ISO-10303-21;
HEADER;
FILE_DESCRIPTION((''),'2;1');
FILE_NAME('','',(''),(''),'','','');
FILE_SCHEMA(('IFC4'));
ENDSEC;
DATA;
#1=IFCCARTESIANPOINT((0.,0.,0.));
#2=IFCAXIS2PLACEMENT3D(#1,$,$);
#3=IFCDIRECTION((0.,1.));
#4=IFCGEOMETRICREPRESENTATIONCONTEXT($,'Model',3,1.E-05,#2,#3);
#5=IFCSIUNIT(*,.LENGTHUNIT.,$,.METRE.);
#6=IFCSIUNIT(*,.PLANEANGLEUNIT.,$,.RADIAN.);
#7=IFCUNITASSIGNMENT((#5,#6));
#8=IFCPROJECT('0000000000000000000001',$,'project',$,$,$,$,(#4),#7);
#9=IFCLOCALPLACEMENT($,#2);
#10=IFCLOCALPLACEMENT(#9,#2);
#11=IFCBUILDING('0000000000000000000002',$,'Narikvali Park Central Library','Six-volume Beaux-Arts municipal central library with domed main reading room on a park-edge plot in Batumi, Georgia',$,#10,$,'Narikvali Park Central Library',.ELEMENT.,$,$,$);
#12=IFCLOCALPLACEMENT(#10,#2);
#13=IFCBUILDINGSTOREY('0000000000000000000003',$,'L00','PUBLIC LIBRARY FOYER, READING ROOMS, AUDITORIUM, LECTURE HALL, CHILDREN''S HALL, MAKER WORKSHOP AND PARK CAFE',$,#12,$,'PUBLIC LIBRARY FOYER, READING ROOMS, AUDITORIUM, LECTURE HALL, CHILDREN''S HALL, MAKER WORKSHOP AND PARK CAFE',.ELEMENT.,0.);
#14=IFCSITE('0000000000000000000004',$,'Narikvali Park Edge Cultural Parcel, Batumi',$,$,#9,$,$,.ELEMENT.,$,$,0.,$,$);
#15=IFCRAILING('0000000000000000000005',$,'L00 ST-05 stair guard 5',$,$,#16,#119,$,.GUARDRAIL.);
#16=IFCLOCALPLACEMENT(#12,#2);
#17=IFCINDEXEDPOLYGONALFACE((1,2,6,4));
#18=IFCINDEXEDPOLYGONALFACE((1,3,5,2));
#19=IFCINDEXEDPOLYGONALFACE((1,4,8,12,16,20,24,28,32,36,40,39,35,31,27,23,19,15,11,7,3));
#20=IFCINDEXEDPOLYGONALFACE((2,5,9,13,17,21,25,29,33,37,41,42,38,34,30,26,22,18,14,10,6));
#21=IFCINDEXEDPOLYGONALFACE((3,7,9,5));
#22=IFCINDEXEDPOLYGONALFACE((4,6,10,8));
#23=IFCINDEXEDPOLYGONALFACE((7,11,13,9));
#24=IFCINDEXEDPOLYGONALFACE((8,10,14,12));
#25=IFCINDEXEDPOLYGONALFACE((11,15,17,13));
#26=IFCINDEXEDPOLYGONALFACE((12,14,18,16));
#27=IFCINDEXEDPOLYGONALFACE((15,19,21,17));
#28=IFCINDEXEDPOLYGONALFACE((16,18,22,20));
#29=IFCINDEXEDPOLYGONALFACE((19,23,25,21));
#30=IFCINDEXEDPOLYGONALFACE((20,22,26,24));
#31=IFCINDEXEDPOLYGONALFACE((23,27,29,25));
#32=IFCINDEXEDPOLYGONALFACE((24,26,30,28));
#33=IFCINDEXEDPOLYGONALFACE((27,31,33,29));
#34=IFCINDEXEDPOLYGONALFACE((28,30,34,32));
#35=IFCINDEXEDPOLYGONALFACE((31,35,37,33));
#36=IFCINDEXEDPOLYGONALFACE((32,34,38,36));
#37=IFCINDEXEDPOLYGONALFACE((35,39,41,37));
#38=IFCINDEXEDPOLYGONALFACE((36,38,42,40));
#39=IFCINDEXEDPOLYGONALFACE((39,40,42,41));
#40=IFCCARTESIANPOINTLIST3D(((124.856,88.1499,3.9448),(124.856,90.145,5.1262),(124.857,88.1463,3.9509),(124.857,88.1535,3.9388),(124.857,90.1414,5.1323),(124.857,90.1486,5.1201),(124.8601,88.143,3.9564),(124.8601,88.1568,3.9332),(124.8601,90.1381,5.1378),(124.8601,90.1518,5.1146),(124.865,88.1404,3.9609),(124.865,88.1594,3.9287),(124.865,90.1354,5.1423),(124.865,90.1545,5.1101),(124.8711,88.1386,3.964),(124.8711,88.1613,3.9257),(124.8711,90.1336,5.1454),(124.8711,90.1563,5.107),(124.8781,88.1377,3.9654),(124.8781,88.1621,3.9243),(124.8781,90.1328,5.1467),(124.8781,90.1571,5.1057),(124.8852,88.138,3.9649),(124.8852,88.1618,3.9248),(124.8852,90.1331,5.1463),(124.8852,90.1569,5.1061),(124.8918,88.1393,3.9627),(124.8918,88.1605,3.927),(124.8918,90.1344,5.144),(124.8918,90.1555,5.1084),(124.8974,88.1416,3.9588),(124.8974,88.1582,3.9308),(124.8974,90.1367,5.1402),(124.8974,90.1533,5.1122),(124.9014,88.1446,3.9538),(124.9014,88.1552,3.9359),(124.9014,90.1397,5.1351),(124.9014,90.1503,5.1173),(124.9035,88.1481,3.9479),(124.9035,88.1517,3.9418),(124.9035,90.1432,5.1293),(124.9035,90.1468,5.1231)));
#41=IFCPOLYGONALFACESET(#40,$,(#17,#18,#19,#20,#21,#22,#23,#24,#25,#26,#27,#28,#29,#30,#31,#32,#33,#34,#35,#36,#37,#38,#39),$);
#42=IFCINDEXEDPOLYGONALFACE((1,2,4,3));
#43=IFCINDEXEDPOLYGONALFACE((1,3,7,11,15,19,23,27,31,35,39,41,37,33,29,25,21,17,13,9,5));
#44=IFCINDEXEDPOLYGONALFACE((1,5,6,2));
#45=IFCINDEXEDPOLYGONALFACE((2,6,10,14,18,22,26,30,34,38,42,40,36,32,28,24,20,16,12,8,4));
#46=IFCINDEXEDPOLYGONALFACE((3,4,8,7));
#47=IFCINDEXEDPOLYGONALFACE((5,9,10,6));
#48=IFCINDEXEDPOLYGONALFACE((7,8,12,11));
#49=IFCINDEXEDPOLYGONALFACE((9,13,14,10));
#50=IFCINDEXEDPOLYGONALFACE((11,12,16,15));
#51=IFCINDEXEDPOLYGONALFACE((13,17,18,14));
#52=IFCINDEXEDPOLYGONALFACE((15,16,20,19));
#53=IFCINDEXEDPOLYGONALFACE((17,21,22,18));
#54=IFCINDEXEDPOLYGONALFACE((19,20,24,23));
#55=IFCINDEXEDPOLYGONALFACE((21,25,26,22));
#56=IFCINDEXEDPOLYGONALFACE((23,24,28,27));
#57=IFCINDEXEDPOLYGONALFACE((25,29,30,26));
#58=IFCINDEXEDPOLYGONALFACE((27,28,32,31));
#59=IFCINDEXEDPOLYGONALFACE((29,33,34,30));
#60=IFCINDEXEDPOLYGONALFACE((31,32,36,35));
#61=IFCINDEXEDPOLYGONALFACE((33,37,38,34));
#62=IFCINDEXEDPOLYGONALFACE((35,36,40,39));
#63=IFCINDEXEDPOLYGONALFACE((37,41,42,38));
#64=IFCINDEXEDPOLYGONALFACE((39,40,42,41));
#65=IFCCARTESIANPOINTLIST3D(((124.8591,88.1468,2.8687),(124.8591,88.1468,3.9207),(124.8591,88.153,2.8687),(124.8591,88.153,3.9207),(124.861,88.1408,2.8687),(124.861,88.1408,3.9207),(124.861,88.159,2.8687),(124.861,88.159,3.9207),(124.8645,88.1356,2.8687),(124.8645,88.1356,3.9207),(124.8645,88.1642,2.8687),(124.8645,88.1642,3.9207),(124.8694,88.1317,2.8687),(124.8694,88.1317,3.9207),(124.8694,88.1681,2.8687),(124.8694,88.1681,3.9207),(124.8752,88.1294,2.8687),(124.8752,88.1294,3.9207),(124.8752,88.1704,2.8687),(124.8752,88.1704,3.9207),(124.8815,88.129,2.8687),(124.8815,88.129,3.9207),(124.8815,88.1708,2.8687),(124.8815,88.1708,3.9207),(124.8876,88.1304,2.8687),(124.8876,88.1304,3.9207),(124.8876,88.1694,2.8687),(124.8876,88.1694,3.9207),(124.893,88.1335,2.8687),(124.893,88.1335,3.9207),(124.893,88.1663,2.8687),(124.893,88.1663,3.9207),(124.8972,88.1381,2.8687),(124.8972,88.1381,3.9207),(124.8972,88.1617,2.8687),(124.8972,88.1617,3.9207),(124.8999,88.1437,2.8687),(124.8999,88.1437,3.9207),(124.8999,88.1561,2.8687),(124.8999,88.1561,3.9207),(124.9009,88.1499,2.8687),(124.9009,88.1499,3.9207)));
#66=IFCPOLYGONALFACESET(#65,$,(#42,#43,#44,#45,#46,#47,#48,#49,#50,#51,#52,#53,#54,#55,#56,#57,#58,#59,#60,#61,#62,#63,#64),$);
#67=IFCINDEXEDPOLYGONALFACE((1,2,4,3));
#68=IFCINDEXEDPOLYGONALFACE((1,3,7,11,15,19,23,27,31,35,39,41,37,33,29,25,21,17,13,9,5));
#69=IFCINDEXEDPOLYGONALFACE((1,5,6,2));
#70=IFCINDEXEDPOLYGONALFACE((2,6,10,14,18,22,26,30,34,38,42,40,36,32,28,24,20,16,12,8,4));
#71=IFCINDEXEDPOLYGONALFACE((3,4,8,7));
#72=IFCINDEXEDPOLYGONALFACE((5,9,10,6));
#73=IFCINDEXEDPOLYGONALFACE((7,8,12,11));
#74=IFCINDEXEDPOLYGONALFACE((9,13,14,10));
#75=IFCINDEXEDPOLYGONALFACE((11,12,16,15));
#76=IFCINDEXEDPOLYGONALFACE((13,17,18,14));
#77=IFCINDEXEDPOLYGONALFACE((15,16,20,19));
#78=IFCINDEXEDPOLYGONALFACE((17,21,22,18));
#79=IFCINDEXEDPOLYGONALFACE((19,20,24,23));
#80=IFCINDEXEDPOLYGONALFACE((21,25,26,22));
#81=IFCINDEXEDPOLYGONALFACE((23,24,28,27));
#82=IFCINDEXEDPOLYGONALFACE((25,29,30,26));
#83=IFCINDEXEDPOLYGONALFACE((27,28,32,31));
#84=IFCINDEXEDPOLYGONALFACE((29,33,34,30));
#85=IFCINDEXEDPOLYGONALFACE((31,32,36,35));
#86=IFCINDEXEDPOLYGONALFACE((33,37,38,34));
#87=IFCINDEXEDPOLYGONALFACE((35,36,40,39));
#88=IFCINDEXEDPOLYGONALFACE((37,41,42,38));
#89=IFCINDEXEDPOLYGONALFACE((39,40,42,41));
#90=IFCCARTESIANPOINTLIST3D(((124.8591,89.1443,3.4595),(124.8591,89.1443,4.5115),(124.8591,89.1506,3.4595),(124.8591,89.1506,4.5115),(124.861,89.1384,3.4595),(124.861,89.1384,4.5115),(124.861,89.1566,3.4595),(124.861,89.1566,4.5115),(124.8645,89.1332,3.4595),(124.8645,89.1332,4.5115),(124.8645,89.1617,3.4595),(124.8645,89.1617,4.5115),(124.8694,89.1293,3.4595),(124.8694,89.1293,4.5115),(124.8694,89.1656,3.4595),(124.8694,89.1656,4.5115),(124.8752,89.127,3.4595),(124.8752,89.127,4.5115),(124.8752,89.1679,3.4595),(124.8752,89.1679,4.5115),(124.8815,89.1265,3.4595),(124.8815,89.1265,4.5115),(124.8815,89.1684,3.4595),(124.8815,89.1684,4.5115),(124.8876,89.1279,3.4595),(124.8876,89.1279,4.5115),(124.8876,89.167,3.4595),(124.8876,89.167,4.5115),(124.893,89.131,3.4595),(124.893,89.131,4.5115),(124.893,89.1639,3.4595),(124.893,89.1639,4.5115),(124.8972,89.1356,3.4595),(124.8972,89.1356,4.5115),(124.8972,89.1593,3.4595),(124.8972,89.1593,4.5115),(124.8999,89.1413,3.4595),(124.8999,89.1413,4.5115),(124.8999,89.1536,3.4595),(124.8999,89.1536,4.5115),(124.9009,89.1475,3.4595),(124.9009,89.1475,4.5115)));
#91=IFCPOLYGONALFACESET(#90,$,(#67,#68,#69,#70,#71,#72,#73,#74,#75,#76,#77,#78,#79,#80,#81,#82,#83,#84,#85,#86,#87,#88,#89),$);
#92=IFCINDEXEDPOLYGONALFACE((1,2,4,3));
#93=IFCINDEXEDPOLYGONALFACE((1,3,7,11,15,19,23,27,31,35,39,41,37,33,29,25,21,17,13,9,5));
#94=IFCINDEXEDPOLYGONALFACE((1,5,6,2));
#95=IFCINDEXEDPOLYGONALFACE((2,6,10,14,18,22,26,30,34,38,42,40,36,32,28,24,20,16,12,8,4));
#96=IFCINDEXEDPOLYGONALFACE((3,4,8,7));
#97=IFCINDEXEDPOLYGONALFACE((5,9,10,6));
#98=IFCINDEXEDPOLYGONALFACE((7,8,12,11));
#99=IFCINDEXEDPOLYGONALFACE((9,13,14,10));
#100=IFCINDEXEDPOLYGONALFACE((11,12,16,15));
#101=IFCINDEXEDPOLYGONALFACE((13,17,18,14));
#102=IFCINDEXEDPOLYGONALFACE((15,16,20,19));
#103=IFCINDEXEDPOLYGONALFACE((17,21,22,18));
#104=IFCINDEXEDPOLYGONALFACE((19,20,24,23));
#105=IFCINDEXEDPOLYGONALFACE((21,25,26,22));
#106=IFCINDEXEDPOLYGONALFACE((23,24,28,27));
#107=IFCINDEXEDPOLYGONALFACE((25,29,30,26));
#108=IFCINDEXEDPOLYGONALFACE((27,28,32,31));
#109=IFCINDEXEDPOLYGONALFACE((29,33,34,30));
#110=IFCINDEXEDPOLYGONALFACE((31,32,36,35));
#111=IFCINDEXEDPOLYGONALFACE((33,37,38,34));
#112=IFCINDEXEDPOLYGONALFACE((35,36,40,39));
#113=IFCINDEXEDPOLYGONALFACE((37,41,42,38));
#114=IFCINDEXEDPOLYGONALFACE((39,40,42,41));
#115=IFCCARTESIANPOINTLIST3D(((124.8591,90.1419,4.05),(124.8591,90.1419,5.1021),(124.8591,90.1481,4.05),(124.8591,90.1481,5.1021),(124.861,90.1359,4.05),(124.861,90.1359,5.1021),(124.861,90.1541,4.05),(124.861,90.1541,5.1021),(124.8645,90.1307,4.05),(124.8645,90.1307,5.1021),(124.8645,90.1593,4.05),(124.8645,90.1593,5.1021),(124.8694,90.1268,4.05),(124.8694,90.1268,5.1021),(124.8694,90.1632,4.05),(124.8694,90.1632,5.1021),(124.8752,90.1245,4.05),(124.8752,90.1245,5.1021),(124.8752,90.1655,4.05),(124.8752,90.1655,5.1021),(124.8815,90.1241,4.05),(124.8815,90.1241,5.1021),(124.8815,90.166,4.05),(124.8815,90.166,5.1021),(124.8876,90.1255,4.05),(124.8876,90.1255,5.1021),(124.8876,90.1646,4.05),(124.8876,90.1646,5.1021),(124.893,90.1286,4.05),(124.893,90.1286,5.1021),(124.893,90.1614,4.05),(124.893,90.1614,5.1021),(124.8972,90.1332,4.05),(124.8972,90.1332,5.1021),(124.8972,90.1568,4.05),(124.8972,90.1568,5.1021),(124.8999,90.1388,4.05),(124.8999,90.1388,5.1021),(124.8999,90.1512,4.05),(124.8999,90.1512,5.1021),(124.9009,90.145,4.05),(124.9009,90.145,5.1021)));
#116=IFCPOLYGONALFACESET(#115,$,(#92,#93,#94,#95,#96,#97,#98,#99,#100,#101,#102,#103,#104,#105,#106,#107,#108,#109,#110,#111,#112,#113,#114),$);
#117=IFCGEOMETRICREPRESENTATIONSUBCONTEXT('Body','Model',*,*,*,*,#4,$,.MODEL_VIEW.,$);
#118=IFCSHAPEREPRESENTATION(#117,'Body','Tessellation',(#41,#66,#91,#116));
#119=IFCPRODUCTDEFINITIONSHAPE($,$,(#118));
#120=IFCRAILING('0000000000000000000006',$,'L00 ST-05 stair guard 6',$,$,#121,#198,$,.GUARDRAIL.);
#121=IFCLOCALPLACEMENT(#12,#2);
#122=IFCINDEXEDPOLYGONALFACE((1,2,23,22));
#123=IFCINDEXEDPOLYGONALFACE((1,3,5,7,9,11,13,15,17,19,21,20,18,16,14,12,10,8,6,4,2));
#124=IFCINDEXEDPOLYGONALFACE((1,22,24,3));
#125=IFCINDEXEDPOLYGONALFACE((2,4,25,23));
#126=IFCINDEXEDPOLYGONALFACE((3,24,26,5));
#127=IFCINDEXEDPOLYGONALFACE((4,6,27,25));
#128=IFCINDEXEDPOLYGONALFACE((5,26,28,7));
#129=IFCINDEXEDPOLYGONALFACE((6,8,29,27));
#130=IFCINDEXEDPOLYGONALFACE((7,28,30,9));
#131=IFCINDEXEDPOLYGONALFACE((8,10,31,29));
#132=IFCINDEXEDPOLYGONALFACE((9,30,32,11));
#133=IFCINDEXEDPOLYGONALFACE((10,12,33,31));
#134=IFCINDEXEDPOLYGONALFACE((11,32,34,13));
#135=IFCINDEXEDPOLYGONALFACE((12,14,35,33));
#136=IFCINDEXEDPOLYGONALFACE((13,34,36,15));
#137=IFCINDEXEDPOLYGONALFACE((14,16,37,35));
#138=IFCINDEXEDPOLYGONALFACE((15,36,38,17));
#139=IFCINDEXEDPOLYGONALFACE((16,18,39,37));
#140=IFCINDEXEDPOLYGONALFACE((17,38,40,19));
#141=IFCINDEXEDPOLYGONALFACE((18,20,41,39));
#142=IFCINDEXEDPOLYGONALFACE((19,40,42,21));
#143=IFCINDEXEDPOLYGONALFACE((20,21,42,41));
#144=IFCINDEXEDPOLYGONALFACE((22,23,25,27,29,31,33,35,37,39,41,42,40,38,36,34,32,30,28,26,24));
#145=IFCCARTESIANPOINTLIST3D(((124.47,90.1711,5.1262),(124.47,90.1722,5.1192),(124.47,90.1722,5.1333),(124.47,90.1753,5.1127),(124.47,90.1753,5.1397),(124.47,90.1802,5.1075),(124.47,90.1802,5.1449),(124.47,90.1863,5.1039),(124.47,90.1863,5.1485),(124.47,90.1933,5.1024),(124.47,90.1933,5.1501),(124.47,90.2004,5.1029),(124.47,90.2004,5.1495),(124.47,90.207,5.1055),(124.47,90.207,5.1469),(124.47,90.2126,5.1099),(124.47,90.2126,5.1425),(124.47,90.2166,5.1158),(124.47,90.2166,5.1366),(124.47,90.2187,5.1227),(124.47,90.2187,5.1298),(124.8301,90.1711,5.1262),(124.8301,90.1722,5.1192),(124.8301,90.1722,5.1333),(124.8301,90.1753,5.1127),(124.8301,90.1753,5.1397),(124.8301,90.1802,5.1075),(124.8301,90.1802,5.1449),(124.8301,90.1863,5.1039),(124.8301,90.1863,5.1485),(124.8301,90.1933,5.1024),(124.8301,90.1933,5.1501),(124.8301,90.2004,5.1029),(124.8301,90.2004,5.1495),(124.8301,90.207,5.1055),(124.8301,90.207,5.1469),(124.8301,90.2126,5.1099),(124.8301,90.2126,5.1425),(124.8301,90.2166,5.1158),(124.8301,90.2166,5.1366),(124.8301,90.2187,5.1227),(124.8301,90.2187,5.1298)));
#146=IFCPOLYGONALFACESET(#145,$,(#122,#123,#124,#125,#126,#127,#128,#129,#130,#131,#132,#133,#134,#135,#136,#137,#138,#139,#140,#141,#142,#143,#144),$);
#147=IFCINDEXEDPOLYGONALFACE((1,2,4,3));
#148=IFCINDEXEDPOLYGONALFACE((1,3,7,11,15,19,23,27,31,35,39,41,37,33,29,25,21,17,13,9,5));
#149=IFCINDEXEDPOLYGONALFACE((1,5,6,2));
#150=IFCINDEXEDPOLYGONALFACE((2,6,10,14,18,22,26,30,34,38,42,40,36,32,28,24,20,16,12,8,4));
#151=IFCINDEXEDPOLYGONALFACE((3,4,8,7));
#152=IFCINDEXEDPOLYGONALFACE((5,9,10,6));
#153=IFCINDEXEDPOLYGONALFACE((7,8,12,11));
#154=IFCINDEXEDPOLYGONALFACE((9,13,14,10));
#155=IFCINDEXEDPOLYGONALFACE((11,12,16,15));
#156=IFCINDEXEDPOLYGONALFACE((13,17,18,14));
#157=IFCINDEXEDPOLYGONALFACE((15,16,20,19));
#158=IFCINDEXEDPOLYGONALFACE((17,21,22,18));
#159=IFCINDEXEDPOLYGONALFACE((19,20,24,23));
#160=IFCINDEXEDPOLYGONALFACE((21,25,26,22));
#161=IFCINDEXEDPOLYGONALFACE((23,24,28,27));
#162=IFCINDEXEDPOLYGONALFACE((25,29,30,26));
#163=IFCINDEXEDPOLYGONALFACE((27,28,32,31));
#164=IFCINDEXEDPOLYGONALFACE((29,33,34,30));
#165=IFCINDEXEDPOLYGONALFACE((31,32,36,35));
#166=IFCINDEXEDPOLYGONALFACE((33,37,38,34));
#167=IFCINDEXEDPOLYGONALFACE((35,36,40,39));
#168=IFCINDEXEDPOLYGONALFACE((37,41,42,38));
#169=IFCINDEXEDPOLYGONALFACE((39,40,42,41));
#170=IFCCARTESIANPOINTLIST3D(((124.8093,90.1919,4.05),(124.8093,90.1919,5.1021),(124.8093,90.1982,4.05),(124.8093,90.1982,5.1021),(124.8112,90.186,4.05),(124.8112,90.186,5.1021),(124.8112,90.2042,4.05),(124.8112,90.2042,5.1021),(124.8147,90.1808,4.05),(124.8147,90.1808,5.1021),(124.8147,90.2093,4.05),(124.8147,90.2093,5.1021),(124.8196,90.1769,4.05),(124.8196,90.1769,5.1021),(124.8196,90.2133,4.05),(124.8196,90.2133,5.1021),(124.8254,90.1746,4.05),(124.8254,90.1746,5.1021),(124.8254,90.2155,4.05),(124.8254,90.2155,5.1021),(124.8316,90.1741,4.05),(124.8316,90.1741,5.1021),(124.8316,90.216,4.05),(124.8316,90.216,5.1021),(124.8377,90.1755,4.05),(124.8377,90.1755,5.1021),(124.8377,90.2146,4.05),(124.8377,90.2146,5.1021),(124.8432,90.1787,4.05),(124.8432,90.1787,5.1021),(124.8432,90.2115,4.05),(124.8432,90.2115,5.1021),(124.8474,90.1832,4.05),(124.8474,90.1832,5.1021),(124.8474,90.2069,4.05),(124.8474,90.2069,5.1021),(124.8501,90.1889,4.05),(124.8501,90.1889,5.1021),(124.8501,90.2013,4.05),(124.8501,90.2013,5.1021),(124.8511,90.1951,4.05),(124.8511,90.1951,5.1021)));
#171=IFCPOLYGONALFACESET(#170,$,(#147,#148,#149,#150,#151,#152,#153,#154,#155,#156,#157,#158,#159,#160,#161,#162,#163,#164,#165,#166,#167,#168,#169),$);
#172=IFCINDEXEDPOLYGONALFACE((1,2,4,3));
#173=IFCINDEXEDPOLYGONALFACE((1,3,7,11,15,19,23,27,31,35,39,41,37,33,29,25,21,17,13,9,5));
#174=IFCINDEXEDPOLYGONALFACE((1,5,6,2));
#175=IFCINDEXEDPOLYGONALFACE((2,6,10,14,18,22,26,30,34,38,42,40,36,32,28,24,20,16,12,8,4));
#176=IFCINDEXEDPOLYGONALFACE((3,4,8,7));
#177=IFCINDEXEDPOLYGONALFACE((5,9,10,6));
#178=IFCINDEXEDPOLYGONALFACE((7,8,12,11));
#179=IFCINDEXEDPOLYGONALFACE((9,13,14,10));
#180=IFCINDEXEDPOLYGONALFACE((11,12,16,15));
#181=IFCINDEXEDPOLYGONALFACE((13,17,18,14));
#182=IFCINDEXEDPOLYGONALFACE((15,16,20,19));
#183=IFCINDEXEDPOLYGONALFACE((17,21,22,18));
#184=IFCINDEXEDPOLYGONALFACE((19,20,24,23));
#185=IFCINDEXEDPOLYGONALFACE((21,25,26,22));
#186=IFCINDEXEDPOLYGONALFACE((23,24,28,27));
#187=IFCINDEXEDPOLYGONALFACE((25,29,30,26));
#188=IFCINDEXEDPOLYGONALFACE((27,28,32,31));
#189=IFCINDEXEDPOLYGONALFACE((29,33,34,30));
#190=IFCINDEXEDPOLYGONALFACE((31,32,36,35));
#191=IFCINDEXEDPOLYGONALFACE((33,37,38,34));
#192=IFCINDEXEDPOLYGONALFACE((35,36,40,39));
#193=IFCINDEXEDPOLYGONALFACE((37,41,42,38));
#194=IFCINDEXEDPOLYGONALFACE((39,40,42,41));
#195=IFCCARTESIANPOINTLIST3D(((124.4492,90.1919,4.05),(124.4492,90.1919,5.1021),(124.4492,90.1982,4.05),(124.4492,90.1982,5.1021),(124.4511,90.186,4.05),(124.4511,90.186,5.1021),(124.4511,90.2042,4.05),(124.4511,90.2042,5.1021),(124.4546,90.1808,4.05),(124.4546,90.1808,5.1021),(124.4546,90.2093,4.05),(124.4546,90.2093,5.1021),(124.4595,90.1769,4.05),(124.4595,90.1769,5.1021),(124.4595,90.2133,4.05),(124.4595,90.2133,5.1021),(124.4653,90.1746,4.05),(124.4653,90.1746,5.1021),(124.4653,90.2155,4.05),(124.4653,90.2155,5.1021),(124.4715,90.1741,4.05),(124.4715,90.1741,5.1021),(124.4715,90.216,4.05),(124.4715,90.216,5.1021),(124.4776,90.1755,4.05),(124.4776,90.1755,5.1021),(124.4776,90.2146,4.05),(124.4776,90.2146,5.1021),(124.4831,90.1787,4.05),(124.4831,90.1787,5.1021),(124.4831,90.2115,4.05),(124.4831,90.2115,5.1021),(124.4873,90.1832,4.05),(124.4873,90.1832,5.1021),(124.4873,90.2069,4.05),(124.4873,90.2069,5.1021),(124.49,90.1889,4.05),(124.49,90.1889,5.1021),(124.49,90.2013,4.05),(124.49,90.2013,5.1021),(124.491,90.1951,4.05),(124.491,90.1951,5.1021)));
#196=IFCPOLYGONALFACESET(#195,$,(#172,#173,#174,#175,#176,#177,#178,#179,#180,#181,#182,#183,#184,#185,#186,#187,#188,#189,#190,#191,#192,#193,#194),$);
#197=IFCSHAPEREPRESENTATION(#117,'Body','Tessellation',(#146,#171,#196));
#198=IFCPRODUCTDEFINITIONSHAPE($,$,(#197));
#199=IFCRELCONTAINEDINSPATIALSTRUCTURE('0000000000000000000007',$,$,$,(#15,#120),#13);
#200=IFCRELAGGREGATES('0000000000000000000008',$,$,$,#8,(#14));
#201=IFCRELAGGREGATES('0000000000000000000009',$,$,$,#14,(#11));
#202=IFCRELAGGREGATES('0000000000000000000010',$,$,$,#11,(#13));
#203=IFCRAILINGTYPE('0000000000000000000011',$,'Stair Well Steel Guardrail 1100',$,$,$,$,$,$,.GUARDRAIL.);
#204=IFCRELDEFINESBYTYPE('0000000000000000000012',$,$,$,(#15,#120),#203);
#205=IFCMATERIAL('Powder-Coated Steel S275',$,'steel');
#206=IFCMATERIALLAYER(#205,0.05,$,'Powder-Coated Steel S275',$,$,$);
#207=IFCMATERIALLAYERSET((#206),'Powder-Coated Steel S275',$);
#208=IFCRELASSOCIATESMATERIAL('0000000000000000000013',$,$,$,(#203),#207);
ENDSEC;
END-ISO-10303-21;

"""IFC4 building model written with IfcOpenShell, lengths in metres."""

from ifc_helpers import new_model, si_unit, direction, frame, origin, origin_2d, place, context, subcontext, project, spatial, circle, extrude, material, layer, layer_set, type_object, element, save


model = new_model("IFC4")

# Units and contexts
model_context = context("Model", 3, precision=1e-05, world=origin(), true_north=direction((0.0, 1.0)))
body_context = subcontext(model_context, "Body", "Model", "MODEL_VIEW")
ifc_project = project(units=[si_unit("LENGTHUNIT", "METRE"), si_unit("PLANEANGLEUNIT", "RADIAN")], contexts=[model_context])

# Site, building, storey
site_placement = place(None, origin())
site = spatial("IfcSite", under=ifc_project, at=site_placement, Name="Narikvali Park Edge Cultural Parcel, Batumi", CompositionType="ELEMENT", RefElevation=0.0)
building_placement = place(site_placement, origin())
building = spatial("IfcBuilding", under=site, at=building_placement, Name="Narikvali Park Central Library", Description="Six-volume Beaux-Arts municipal central library with domed main reading room on a park-edge plot in Batumi, Georgia", LongName="Narikvali Park Central Library", CompositionType="ELEMENT")
storey_placement = place(building_placement, origin())
storey = spatial("IfcBuildingStorey", under=building, at=storey_placement, Name="L00", Description="PUBLIC LIBRARY FOYER, READING ROOMS, AUDITORIUM, LECTURE HALL, CHILDREN'S HALL, MAKER WORKSHOP AND PARK CAFE", LongName="PUBLIC LIBRARY FOYER, READING ROOMS, AUDITORIUM, LECTURE HALL, CHILDREN'S HALL, MAKER WORKSHOP AND PARK CAFE", CompositionType="ELEMENT", Elevation=0.0)

# Railings
ifc_material_1 = material(Name="Powder-Coated Steel S275", Category="steel")
ifc_layer_1 = layer(ifc_material_1, 0.05, Name="Powder-Coated Steel S275")
ifc_layer_set_1 = layer_set([ifc_layer_1], Name="Powder-Coated Steel S275")
railing_type_1 = type_object("IfcRailingType", Name="Stair Well Steel Guardrail 1100", PredefinedType="GUARDRAIL", material=ifc_layer_set_1)
railing_1_placement = place(storey_placement, frame((124.8799, 88.1499, 2.8687)))
element("IfcRailing", 1, at=railing_1_placement, inside=storey, type_object=railing_type_1, Name="L00 ST-05 stair guard 5", PredefinedType="GUARDRAIL", context=body_context, shape_type="SweptSolid", body=[
    extrude(circle(Radius=0.0239, at=origin_2d()), frame((0.0, 0.0, 1.0762), z_axis=(0.0, 0.860461, 0.509517), x_axis=(-1.0, 0.0, 0.0)), (0.0, 0.0, 1.0), 2.3186),
    extrude(circle(Radius=0.021, at=origin_2d()), origin(), (0.0, 0.0, 1.0), 1.052),
    extrude(circle(Radius=0.021, at=origin_2d()), frame((0.0, 0.9976, 0.5908)), (0.0, 0.0, 1.0), 1.052),
    extrude(circle(Radius=0.021, at=origin_2d()), frame((0.0, 1.9951, 1.1814)), (0.0, 0.0, 1.0), 1.052),
])
railing_2_placement = place(storey_placement, frame((124.8301, 90.1951, 4.05)))
element("IfcRailing", 2, at=railing_2_placement, inside=storey, type_object=railing_type_1, Name="L00 ST-05 stair guard 6", PredefinedType="GUARDRAIL", context=body_context, shape_type="SweptSolid", body=[
    extrude(circle(Radius=0.0239, at=origin_2d()), frame((0.0, 0.0, 1.0762), z_axis=(-1.0, 0.0, 0.0), x_axis=(0.0, -1.0, 0.0)), (0.0, 0.0, 1.0), 0.3601),
    extrude(circle(Radius=0.021, at=origin_2d()), origin(), (0.0, 0.0, 1.0), 1.052),
    extrude(circle(Radius=0.021, at=origin_2d()), frame((-0.3601, 0.0, 0.0)), (0.0, 0.0, 1.0), 1.052),
])

save(model, "model.ifc")
